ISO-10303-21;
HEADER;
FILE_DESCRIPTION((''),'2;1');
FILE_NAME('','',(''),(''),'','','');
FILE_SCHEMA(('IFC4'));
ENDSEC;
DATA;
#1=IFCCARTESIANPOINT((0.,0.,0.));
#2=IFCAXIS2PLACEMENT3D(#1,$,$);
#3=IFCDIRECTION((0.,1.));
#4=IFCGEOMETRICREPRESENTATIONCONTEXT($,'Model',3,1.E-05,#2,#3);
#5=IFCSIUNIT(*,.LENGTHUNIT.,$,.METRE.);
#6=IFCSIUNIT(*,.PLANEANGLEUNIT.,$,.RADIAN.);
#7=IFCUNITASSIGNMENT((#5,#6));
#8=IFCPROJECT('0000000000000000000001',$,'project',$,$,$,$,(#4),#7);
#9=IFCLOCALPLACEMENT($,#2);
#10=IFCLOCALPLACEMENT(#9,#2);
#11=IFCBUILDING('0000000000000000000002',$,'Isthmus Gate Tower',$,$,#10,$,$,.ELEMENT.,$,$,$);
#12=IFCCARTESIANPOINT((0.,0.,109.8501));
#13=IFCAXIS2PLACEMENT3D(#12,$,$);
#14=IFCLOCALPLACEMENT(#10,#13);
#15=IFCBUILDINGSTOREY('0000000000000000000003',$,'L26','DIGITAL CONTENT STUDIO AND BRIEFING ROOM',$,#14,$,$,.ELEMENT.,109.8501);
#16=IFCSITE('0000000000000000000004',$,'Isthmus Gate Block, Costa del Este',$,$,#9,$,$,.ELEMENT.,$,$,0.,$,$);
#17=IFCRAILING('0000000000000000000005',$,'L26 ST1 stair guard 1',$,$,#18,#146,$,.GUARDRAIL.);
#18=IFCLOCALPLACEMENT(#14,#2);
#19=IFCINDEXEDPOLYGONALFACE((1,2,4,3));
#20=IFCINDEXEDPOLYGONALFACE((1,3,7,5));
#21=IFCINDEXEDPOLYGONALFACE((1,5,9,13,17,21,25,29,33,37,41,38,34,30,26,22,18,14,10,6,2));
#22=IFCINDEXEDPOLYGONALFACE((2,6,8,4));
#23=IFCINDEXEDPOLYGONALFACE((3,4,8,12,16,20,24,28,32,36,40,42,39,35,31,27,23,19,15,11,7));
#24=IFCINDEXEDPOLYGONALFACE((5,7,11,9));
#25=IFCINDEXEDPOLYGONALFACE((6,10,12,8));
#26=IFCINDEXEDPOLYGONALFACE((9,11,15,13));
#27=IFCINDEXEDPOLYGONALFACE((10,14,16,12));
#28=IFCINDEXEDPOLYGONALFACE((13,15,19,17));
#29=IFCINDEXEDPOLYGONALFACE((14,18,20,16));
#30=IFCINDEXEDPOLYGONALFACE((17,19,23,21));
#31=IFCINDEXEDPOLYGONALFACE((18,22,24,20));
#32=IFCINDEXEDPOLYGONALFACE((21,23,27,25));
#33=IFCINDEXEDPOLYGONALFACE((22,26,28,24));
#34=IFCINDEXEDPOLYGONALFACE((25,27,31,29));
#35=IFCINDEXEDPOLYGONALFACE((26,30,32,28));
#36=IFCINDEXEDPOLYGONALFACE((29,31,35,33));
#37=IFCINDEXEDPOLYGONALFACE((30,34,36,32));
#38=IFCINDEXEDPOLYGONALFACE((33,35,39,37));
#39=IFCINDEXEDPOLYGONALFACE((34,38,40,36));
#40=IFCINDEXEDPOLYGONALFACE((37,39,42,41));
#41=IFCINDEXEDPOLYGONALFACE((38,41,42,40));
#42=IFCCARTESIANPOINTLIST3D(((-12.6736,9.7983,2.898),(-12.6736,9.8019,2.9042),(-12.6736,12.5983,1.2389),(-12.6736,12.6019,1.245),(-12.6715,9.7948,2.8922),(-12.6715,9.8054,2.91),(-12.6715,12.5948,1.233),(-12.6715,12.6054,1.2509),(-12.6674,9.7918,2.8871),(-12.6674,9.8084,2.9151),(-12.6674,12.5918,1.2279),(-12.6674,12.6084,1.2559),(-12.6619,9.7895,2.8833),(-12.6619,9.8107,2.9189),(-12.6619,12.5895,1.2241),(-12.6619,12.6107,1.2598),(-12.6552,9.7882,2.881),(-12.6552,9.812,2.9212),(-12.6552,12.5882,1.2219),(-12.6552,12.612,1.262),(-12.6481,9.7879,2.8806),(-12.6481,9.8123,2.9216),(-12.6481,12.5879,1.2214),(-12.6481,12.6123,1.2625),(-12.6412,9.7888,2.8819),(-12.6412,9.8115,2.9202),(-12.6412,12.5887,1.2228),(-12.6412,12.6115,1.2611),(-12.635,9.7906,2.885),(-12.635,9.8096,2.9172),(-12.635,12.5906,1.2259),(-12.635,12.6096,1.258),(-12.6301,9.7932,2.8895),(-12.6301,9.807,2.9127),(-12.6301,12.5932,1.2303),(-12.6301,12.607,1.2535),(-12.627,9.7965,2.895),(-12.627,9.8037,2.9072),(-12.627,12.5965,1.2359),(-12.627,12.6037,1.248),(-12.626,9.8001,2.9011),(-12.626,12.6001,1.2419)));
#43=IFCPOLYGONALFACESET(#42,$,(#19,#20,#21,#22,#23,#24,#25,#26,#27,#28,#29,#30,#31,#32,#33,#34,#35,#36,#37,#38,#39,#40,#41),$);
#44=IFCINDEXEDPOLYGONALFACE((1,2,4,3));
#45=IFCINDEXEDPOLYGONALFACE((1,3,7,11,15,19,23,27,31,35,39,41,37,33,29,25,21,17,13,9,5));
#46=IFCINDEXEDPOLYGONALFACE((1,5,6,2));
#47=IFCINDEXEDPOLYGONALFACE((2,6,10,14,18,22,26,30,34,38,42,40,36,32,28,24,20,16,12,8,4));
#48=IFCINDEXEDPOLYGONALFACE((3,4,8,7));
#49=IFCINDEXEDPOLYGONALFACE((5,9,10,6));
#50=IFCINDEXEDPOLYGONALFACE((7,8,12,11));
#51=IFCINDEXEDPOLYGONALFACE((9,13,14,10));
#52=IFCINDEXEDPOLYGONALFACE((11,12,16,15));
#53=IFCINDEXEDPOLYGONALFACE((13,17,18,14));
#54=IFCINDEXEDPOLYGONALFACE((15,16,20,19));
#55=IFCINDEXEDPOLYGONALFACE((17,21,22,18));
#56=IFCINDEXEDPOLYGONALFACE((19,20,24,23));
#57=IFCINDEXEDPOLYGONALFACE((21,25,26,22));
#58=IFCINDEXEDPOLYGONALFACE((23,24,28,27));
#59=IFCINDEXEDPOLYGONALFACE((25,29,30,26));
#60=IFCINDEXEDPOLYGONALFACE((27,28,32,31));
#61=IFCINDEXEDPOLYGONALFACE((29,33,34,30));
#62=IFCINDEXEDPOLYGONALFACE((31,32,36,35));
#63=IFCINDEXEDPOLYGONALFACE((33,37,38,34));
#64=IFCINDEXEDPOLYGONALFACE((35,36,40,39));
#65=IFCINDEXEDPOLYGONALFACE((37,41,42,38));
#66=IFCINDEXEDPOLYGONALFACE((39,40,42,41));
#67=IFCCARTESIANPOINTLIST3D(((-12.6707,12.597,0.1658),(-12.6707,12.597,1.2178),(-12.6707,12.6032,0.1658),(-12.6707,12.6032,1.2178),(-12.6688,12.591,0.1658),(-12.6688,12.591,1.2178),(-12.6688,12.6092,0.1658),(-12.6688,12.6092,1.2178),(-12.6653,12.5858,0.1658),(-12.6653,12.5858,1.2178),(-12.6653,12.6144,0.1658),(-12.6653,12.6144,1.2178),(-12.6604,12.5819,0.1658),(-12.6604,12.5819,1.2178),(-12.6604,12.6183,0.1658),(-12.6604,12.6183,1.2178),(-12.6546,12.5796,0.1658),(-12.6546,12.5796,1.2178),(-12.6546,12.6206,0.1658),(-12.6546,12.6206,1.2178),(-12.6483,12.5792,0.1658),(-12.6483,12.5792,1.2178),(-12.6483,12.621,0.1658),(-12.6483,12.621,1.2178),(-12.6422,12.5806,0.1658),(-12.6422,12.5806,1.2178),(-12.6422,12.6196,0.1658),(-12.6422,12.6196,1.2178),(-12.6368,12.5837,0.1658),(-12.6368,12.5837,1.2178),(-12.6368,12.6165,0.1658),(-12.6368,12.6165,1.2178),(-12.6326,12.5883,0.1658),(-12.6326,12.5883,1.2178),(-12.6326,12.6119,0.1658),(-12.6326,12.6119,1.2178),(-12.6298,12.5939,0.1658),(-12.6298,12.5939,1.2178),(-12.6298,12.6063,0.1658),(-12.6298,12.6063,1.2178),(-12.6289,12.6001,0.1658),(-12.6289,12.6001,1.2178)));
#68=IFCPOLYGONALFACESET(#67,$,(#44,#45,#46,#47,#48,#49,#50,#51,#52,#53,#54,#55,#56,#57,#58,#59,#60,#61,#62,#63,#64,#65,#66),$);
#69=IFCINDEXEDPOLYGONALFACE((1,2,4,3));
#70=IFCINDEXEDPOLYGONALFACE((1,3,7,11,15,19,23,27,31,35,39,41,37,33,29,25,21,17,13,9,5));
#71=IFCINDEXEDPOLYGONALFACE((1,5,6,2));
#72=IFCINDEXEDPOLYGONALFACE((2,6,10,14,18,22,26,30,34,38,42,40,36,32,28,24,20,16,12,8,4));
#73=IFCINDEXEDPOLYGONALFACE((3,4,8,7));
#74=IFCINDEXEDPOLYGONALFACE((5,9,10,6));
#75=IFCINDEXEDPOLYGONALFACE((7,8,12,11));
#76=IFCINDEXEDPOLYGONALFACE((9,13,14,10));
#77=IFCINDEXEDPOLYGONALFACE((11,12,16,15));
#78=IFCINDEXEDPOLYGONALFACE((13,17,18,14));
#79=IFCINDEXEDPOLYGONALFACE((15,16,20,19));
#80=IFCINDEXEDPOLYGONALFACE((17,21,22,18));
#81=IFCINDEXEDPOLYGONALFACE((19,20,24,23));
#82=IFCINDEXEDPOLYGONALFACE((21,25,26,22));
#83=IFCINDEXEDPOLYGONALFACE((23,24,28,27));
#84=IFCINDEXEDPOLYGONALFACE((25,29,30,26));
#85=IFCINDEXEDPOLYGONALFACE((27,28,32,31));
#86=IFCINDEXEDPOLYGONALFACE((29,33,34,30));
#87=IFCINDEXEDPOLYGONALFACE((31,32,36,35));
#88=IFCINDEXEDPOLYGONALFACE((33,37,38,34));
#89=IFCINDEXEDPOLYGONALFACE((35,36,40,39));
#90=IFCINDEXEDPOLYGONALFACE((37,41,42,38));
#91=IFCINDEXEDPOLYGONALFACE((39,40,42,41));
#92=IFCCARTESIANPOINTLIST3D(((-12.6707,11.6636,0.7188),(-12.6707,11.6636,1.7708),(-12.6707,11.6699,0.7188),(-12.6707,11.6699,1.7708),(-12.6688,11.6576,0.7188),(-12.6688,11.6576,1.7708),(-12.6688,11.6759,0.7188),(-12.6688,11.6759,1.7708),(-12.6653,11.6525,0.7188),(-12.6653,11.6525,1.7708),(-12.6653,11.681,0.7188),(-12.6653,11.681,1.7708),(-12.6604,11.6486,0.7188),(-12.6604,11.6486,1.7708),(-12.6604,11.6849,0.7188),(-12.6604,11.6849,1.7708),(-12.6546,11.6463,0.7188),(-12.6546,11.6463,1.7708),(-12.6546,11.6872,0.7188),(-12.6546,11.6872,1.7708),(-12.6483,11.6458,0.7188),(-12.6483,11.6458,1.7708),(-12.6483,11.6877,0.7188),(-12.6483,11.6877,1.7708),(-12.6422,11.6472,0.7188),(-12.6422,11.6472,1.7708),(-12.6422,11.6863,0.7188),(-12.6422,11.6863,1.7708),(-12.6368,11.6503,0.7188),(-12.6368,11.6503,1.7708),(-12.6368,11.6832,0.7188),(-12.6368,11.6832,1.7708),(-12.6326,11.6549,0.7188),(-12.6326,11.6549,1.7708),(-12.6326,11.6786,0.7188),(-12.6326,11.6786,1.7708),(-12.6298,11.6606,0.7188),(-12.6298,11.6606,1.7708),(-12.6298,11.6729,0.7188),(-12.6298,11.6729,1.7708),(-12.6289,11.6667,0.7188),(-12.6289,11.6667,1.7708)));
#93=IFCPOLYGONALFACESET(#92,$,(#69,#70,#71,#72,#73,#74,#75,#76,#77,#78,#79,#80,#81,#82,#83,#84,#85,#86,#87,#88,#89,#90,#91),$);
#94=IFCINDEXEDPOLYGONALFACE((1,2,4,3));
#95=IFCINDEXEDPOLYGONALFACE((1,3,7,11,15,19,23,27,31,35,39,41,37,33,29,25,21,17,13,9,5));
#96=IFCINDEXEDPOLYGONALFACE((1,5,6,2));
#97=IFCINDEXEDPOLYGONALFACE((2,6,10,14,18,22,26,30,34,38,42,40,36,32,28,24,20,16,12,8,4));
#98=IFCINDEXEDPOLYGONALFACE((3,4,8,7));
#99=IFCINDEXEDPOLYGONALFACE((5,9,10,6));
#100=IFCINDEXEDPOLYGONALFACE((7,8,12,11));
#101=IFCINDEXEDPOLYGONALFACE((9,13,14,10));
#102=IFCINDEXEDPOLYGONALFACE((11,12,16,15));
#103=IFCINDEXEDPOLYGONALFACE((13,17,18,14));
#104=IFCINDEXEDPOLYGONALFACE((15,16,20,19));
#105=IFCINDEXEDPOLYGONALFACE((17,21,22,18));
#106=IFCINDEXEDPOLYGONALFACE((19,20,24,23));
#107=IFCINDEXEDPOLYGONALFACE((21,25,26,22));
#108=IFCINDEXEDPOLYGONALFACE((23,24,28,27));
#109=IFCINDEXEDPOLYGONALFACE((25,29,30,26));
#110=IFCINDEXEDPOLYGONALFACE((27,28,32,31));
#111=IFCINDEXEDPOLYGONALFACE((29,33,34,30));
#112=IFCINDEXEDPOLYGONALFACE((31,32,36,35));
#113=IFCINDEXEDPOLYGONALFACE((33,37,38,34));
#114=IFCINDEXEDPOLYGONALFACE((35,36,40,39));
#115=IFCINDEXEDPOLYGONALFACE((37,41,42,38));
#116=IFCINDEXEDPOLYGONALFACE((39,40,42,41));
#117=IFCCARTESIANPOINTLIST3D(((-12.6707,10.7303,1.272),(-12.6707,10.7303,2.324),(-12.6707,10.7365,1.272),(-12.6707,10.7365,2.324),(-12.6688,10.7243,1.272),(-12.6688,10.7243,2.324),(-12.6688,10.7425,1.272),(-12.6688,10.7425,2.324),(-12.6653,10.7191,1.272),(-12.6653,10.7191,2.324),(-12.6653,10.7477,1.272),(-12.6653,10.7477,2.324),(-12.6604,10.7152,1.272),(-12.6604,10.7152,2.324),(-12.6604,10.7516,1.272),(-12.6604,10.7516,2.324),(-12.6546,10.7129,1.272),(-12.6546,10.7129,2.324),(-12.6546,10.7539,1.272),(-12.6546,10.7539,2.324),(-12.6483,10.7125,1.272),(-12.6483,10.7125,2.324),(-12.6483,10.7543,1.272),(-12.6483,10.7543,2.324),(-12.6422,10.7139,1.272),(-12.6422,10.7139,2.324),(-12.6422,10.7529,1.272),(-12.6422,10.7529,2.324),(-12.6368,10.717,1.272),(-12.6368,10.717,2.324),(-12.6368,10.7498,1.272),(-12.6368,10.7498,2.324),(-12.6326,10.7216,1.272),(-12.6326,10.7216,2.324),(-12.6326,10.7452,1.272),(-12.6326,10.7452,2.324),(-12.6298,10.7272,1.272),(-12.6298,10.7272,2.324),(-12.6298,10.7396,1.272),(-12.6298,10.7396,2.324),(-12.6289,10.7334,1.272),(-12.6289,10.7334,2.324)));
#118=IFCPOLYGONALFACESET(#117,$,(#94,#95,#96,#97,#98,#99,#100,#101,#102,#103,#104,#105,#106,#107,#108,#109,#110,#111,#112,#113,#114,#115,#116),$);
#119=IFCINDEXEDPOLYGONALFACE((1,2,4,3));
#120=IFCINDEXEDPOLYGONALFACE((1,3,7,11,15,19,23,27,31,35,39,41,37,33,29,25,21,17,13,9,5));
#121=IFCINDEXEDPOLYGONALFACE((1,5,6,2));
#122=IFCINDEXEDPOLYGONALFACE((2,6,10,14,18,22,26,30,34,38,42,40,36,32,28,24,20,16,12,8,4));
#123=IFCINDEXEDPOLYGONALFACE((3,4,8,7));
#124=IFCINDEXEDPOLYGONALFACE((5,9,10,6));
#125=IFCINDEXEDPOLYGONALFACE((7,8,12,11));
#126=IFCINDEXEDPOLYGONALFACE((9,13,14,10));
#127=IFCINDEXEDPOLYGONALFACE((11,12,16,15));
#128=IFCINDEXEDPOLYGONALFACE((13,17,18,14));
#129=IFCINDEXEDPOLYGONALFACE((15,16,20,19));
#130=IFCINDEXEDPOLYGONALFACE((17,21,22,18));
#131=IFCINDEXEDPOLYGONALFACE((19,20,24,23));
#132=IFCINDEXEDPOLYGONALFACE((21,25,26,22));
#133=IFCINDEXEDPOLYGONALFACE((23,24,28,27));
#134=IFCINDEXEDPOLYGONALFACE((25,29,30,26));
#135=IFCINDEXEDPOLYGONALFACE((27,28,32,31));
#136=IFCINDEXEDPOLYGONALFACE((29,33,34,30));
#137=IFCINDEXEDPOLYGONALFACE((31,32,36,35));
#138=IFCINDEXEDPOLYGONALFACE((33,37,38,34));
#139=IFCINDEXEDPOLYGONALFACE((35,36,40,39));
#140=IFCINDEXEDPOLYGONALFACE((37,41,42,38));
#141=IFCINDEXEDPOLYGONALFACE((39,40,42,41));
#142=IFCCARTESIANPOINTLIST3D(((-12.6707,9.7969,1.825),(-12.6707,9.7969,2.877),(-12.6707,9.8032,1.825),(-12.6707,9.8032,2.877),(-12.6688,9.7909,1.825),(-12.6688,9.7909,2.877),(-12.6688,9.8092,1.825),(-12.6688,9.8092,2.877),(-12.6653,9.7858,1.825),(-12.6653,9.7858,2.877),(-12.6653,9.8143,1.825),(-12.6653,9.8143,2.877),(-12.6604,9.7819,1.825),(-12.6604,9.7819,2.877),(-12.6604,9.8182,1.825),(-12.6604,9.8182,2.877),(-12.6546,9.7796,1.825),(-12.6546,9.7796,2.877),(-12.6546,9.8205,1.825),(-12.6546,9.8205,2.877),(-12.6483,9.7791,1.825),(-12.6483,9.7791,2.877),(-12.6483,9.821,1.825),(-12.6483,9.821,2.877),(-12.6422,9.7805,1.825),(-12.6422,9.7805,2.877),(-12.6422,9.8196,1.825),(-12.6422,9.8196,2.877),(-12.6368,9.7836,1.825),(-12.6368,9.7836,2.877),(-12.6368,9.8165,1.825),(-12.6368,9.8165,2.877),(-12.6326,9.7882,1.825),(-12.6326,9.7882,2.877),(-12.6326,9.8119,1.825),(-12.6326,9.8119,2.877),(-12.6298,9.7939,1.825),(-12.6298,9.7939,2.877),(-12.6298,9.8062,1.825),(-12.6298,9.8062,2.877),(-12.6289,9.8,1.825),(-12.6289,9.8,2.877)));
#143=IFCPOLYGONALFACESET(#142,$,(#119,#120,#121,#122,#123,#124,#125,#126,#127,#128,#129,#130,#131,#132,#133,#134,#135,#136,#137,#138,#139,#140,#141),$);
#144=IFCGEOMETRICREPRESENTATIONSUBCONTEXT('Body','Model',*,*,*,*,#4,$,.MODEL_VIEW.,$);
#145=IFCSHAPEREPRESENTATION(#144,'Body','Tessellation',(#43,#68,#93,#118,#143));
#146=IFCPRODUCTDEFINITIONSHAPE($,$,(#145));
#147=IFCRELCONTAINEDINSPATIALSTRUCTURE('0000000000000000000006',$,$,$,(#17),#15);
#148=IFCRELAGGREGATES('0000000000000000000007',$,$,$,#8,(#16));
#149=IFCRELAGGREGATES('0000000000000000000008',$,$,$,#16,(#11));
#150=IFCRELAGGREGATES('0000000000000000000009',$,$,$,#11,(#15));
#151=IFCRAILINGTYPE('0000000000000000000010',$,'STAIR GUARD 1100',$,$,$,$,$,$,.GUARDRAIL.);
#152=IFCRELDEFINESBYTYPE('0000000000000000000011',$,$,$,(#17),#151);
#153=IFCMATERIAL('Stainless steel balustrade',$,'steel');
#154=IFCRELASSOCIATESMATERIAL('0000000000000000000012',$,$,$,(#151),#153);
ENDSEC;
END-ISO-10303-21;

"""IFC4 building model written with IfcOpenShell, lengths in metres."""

from ifc_helpers import new_model, si_unit, direction, frame, origin, origin_2d, place, context, subcontext, project, spatial, circle, extrude, material, type_object, element, save


model = new_model("IFC4")

# Units and contexts
model_context = context("Model", 3, precision=1e-05, world=origin(), true_north=direction((0.0, 1.0)))
body_context = subcontext(model_context, "Body", "Model", "MODEL_VIEW")
ifc_project = project(units=[si_unit("LENGTHUNIT", "METRE"), si_unit("PLANEANGLEUNIT", "RADIAN")], contexts=[model_context])

# Site, building, storey
site_placement = place(None, origin())
site = spatial("IfcSite", under=ifc_project, at=site_placement, Name="Isthmus Gate Block, Costa del Este", CompositionType="ELEMENT", RefElevation=0.0)
building_placement = place(site_placement, origin())
building = spatial("IfcBuilding", under=site, at=building_placement, Name="Isthmus Gate Tower", CompositionType="ELEMENT")
storey_placement = place(building_placement, frame((0.0, 0.0, 109.8501)))
storey = spatial("IfcBuildingStorey", under=building, at=storey_placement, Name="L26", Description="DIGITAL CONTENT STUDIO AND BRIEFING ROOM", CompositionType="ELEMENT", Elevation=109.8501)

# Railing
ifc_material_1 = material(Name="Stainless steel balustrade", Category="steel")
railing_type_1 = type_object("IfcRailingType", Name="STAIR GUARD 1100", PredefinedType="GUARDRAIL", material=ifc_material_1)
railing_1_placement = place(storey_placement, frame((-12.6499, 12.6001, 0.1658)))
element("IfcRailing", 1, at=railing_1_placement, inside=storey, type_object=railing_type_1, Name="L26 ST1 stair guard 1", PredefinedType="GUARDRAIL", context=body_context, shape_type="SweptSolid", body=[
    extrude(circle(Radius=0.0239, at=origin_2d()), frame((0.0, 0.0, 1.0762), z_axis=(0.0, -0.860306, 0.509778), x_axis=(1.0, 0.0, 0.0)), (0.0, 0.0, 1.0), 3.2546),
    extrude(circle(Radius=0.021, at=origin_2d()), origin(), (0.0, 0.0, 1.0), 1.052),
    extrude(circle(Radius=0.021, at=origin_2d()), frame((0.0, -0.9333, 0.553)), (0.0, 0.0, 1.0), 1.052),
    extrude(circle(Radius=0.021, at=origin_2d()), frame((0.0, -1.8667, 1.1062)), (0.0, 0.0, 1.0), 1.052),
    extrude(circle(Radius=0.021, at=origin_2d()), frame((0.0, -2.8, 1.6592)), (0.0, 0.0, 1.0), 1.052),
])

save(model, "model.ifc")
